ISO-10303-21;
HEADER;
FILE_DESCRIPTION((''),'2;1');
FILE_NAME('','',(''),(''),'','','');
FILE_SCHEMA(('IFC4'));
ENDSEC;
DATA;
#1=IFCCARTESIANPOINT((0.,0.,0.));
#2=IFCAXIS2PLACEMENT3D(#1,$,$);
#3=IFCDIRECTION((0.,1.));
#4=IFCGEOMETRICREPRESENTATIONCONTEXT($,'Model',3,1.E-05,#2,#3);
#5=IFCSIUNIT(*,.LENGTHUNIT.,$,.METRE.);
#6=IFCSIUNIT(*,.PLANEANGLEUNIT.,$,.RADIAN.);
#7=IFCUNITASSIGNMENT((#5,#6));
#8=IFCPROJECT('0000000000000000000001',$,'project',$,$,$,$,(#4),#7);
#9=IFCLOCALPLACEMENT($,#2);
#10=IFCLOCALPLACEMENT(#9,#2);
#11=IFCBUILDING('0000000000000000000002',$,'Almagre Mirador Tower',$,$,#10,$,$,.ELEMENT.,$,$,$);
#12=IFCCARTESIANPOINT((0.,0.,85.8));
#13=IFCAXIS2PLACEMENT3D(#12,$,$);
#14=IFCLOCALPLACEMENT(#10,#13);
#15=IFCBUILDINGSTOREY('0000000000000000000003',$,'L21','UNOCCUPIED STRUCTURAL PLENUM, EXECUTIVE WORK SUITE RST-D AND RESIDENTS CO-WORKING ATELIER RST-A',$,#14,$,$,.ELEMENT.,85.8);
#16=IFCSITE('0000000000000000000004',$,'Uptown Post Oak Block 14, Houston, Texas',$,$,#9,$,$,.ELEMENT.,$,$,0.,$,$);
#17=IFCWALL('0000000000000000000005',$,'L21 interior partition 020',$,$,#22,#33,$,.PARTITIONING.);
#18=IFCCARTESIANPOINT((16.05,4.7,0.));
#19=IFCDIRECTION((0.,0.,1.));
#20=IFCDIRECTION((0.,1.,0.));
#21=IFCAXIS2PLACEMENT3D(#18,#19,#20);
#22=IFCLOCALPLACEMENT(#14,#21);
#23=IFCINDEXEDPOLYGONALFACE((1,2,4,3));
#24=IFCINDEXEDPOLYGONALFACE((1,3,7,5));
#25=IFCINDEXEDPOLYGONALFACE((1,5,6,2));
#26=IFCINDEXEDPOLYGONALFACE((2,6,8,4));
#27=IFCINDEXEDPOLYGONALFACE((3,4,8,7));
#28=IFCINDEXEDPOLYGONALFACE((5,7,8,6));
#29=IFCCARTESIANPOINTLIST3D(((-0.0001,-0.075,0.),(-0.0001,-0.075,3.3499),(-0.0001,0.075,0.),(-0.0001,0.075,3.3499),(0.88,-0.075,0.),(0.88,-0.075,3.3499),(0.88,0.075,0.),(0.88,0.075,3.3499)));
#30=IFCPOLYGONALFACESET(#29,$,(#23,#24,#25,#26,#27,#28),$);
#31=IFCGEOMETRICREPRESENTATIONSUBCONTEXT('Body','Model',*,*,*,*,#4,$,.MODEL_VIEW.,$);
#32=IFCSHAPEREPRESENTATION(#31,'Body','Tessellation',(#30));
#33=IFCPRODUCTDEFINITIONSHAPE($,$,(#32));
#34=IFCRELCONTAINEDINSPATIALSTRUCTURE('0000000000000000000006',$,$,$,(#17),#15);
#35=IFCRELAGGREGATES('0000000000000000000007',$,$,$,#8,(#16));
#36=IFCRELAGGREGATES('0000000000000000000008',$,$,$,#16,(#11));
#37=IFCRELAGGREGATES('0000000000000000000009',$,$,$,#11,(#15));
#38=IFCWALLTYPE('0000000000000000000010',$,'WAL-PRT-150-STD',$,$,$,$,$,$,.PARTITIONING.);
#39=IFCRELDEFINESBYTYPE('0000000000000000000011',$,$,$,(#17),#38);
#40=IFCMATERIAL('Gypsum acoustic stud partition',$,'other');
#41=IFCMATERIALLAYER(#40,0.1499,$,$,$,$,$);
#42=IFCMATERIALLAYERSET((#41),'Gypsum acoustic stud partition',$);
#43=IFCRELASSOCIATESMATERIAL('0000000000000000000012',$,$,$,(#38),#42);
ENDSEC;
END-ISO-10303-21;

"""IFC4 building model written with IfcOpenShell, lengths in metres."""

from ifc_helpers import new_model, si_unit, direction, frame, frame_2d, origin, place, context, subcontext, project, spatial, rectangle, extrude, material, layer, layer_set, type_object, element, save


model = new_model("IFC4")

# Units and contexts
model_context = context("Model", 3, precision=1e-05, world=origin(), true_north=direction((0.0, 1.0)))
body_context = subcontext(model_context, "Body", "Model", "MODEL_VIEW")
ifc_project = project(units=[si_unit("LENGTHUNIT", "METRE"), si_unit("PLANEANGLEUNIT", "RADIAN")], contexts=[model_context])

# Site, building, storey
site_placement = place(None, origin())
site = spatial("IfcSite", under=ifc_project, at=site_placement, Name="Uptown Post Oak Block 14, Houston, Texas", CompositionType="ELEMENT", RefElevation=0.0)
building_placement = place(site_placement, origin())
building = spatial("IfcBuilding", under=site, at=building_placement, Name="Almagre Mirador Tower", CompositionType="ELEMENT")
storey_placement = place(building_placement, frame((0.0, 0.0, 85.8)))
storey = spatial("IfcBuildingStorey", under=building, at=storey_placement, Name="L21", Description="UNOCCUPIED STRUCTURAL PLENUM, EXECUTIVE WORK SUITE RST-D AND RESIDENTS CO-WORKING ATELIER RST-A", CompositionType="ELEMENT", Elevation=85.8)

# Shared definitions
ifc_material_1 = material(Name="Gypsum acoustic stud partition", Category="other")
ifc_layer_1 = layer(ifc_material_1, 0.1499)
ifc_layer_set_1 = layer_set([ifc_layer_1], Name="Gypsum acoustic stud partition")
wall_type_1 = type_object("IfcWallType", Name="WAL-PRT-150-STD", PredefinedType="PARTITIONING", material=ifc_layer_set_1)

# Wall
wall_1_placement = place(storey_placement, frame((16.05, 4.7, 0.0), z_axis=(0.0, 0.0, 1.0), x_axis=(0.0, 1.0, 0.0)))
element("IfcWall", 1, at=wall_1_placement, inside=storey, type_object=wall_type_1, Name="L21 interior partition 020", PredefinedType="PARTITIONING", context=body_context, shape_type="SweptSolid", body=[
    extrude(rectangle(XDim=0.8801, YDim=0.1499, at=frame_2d((0.4399, 0.0))), origin(), (0.0, 0.0, 1.0), 3.3499),
])

save(model, "model.ifc")
